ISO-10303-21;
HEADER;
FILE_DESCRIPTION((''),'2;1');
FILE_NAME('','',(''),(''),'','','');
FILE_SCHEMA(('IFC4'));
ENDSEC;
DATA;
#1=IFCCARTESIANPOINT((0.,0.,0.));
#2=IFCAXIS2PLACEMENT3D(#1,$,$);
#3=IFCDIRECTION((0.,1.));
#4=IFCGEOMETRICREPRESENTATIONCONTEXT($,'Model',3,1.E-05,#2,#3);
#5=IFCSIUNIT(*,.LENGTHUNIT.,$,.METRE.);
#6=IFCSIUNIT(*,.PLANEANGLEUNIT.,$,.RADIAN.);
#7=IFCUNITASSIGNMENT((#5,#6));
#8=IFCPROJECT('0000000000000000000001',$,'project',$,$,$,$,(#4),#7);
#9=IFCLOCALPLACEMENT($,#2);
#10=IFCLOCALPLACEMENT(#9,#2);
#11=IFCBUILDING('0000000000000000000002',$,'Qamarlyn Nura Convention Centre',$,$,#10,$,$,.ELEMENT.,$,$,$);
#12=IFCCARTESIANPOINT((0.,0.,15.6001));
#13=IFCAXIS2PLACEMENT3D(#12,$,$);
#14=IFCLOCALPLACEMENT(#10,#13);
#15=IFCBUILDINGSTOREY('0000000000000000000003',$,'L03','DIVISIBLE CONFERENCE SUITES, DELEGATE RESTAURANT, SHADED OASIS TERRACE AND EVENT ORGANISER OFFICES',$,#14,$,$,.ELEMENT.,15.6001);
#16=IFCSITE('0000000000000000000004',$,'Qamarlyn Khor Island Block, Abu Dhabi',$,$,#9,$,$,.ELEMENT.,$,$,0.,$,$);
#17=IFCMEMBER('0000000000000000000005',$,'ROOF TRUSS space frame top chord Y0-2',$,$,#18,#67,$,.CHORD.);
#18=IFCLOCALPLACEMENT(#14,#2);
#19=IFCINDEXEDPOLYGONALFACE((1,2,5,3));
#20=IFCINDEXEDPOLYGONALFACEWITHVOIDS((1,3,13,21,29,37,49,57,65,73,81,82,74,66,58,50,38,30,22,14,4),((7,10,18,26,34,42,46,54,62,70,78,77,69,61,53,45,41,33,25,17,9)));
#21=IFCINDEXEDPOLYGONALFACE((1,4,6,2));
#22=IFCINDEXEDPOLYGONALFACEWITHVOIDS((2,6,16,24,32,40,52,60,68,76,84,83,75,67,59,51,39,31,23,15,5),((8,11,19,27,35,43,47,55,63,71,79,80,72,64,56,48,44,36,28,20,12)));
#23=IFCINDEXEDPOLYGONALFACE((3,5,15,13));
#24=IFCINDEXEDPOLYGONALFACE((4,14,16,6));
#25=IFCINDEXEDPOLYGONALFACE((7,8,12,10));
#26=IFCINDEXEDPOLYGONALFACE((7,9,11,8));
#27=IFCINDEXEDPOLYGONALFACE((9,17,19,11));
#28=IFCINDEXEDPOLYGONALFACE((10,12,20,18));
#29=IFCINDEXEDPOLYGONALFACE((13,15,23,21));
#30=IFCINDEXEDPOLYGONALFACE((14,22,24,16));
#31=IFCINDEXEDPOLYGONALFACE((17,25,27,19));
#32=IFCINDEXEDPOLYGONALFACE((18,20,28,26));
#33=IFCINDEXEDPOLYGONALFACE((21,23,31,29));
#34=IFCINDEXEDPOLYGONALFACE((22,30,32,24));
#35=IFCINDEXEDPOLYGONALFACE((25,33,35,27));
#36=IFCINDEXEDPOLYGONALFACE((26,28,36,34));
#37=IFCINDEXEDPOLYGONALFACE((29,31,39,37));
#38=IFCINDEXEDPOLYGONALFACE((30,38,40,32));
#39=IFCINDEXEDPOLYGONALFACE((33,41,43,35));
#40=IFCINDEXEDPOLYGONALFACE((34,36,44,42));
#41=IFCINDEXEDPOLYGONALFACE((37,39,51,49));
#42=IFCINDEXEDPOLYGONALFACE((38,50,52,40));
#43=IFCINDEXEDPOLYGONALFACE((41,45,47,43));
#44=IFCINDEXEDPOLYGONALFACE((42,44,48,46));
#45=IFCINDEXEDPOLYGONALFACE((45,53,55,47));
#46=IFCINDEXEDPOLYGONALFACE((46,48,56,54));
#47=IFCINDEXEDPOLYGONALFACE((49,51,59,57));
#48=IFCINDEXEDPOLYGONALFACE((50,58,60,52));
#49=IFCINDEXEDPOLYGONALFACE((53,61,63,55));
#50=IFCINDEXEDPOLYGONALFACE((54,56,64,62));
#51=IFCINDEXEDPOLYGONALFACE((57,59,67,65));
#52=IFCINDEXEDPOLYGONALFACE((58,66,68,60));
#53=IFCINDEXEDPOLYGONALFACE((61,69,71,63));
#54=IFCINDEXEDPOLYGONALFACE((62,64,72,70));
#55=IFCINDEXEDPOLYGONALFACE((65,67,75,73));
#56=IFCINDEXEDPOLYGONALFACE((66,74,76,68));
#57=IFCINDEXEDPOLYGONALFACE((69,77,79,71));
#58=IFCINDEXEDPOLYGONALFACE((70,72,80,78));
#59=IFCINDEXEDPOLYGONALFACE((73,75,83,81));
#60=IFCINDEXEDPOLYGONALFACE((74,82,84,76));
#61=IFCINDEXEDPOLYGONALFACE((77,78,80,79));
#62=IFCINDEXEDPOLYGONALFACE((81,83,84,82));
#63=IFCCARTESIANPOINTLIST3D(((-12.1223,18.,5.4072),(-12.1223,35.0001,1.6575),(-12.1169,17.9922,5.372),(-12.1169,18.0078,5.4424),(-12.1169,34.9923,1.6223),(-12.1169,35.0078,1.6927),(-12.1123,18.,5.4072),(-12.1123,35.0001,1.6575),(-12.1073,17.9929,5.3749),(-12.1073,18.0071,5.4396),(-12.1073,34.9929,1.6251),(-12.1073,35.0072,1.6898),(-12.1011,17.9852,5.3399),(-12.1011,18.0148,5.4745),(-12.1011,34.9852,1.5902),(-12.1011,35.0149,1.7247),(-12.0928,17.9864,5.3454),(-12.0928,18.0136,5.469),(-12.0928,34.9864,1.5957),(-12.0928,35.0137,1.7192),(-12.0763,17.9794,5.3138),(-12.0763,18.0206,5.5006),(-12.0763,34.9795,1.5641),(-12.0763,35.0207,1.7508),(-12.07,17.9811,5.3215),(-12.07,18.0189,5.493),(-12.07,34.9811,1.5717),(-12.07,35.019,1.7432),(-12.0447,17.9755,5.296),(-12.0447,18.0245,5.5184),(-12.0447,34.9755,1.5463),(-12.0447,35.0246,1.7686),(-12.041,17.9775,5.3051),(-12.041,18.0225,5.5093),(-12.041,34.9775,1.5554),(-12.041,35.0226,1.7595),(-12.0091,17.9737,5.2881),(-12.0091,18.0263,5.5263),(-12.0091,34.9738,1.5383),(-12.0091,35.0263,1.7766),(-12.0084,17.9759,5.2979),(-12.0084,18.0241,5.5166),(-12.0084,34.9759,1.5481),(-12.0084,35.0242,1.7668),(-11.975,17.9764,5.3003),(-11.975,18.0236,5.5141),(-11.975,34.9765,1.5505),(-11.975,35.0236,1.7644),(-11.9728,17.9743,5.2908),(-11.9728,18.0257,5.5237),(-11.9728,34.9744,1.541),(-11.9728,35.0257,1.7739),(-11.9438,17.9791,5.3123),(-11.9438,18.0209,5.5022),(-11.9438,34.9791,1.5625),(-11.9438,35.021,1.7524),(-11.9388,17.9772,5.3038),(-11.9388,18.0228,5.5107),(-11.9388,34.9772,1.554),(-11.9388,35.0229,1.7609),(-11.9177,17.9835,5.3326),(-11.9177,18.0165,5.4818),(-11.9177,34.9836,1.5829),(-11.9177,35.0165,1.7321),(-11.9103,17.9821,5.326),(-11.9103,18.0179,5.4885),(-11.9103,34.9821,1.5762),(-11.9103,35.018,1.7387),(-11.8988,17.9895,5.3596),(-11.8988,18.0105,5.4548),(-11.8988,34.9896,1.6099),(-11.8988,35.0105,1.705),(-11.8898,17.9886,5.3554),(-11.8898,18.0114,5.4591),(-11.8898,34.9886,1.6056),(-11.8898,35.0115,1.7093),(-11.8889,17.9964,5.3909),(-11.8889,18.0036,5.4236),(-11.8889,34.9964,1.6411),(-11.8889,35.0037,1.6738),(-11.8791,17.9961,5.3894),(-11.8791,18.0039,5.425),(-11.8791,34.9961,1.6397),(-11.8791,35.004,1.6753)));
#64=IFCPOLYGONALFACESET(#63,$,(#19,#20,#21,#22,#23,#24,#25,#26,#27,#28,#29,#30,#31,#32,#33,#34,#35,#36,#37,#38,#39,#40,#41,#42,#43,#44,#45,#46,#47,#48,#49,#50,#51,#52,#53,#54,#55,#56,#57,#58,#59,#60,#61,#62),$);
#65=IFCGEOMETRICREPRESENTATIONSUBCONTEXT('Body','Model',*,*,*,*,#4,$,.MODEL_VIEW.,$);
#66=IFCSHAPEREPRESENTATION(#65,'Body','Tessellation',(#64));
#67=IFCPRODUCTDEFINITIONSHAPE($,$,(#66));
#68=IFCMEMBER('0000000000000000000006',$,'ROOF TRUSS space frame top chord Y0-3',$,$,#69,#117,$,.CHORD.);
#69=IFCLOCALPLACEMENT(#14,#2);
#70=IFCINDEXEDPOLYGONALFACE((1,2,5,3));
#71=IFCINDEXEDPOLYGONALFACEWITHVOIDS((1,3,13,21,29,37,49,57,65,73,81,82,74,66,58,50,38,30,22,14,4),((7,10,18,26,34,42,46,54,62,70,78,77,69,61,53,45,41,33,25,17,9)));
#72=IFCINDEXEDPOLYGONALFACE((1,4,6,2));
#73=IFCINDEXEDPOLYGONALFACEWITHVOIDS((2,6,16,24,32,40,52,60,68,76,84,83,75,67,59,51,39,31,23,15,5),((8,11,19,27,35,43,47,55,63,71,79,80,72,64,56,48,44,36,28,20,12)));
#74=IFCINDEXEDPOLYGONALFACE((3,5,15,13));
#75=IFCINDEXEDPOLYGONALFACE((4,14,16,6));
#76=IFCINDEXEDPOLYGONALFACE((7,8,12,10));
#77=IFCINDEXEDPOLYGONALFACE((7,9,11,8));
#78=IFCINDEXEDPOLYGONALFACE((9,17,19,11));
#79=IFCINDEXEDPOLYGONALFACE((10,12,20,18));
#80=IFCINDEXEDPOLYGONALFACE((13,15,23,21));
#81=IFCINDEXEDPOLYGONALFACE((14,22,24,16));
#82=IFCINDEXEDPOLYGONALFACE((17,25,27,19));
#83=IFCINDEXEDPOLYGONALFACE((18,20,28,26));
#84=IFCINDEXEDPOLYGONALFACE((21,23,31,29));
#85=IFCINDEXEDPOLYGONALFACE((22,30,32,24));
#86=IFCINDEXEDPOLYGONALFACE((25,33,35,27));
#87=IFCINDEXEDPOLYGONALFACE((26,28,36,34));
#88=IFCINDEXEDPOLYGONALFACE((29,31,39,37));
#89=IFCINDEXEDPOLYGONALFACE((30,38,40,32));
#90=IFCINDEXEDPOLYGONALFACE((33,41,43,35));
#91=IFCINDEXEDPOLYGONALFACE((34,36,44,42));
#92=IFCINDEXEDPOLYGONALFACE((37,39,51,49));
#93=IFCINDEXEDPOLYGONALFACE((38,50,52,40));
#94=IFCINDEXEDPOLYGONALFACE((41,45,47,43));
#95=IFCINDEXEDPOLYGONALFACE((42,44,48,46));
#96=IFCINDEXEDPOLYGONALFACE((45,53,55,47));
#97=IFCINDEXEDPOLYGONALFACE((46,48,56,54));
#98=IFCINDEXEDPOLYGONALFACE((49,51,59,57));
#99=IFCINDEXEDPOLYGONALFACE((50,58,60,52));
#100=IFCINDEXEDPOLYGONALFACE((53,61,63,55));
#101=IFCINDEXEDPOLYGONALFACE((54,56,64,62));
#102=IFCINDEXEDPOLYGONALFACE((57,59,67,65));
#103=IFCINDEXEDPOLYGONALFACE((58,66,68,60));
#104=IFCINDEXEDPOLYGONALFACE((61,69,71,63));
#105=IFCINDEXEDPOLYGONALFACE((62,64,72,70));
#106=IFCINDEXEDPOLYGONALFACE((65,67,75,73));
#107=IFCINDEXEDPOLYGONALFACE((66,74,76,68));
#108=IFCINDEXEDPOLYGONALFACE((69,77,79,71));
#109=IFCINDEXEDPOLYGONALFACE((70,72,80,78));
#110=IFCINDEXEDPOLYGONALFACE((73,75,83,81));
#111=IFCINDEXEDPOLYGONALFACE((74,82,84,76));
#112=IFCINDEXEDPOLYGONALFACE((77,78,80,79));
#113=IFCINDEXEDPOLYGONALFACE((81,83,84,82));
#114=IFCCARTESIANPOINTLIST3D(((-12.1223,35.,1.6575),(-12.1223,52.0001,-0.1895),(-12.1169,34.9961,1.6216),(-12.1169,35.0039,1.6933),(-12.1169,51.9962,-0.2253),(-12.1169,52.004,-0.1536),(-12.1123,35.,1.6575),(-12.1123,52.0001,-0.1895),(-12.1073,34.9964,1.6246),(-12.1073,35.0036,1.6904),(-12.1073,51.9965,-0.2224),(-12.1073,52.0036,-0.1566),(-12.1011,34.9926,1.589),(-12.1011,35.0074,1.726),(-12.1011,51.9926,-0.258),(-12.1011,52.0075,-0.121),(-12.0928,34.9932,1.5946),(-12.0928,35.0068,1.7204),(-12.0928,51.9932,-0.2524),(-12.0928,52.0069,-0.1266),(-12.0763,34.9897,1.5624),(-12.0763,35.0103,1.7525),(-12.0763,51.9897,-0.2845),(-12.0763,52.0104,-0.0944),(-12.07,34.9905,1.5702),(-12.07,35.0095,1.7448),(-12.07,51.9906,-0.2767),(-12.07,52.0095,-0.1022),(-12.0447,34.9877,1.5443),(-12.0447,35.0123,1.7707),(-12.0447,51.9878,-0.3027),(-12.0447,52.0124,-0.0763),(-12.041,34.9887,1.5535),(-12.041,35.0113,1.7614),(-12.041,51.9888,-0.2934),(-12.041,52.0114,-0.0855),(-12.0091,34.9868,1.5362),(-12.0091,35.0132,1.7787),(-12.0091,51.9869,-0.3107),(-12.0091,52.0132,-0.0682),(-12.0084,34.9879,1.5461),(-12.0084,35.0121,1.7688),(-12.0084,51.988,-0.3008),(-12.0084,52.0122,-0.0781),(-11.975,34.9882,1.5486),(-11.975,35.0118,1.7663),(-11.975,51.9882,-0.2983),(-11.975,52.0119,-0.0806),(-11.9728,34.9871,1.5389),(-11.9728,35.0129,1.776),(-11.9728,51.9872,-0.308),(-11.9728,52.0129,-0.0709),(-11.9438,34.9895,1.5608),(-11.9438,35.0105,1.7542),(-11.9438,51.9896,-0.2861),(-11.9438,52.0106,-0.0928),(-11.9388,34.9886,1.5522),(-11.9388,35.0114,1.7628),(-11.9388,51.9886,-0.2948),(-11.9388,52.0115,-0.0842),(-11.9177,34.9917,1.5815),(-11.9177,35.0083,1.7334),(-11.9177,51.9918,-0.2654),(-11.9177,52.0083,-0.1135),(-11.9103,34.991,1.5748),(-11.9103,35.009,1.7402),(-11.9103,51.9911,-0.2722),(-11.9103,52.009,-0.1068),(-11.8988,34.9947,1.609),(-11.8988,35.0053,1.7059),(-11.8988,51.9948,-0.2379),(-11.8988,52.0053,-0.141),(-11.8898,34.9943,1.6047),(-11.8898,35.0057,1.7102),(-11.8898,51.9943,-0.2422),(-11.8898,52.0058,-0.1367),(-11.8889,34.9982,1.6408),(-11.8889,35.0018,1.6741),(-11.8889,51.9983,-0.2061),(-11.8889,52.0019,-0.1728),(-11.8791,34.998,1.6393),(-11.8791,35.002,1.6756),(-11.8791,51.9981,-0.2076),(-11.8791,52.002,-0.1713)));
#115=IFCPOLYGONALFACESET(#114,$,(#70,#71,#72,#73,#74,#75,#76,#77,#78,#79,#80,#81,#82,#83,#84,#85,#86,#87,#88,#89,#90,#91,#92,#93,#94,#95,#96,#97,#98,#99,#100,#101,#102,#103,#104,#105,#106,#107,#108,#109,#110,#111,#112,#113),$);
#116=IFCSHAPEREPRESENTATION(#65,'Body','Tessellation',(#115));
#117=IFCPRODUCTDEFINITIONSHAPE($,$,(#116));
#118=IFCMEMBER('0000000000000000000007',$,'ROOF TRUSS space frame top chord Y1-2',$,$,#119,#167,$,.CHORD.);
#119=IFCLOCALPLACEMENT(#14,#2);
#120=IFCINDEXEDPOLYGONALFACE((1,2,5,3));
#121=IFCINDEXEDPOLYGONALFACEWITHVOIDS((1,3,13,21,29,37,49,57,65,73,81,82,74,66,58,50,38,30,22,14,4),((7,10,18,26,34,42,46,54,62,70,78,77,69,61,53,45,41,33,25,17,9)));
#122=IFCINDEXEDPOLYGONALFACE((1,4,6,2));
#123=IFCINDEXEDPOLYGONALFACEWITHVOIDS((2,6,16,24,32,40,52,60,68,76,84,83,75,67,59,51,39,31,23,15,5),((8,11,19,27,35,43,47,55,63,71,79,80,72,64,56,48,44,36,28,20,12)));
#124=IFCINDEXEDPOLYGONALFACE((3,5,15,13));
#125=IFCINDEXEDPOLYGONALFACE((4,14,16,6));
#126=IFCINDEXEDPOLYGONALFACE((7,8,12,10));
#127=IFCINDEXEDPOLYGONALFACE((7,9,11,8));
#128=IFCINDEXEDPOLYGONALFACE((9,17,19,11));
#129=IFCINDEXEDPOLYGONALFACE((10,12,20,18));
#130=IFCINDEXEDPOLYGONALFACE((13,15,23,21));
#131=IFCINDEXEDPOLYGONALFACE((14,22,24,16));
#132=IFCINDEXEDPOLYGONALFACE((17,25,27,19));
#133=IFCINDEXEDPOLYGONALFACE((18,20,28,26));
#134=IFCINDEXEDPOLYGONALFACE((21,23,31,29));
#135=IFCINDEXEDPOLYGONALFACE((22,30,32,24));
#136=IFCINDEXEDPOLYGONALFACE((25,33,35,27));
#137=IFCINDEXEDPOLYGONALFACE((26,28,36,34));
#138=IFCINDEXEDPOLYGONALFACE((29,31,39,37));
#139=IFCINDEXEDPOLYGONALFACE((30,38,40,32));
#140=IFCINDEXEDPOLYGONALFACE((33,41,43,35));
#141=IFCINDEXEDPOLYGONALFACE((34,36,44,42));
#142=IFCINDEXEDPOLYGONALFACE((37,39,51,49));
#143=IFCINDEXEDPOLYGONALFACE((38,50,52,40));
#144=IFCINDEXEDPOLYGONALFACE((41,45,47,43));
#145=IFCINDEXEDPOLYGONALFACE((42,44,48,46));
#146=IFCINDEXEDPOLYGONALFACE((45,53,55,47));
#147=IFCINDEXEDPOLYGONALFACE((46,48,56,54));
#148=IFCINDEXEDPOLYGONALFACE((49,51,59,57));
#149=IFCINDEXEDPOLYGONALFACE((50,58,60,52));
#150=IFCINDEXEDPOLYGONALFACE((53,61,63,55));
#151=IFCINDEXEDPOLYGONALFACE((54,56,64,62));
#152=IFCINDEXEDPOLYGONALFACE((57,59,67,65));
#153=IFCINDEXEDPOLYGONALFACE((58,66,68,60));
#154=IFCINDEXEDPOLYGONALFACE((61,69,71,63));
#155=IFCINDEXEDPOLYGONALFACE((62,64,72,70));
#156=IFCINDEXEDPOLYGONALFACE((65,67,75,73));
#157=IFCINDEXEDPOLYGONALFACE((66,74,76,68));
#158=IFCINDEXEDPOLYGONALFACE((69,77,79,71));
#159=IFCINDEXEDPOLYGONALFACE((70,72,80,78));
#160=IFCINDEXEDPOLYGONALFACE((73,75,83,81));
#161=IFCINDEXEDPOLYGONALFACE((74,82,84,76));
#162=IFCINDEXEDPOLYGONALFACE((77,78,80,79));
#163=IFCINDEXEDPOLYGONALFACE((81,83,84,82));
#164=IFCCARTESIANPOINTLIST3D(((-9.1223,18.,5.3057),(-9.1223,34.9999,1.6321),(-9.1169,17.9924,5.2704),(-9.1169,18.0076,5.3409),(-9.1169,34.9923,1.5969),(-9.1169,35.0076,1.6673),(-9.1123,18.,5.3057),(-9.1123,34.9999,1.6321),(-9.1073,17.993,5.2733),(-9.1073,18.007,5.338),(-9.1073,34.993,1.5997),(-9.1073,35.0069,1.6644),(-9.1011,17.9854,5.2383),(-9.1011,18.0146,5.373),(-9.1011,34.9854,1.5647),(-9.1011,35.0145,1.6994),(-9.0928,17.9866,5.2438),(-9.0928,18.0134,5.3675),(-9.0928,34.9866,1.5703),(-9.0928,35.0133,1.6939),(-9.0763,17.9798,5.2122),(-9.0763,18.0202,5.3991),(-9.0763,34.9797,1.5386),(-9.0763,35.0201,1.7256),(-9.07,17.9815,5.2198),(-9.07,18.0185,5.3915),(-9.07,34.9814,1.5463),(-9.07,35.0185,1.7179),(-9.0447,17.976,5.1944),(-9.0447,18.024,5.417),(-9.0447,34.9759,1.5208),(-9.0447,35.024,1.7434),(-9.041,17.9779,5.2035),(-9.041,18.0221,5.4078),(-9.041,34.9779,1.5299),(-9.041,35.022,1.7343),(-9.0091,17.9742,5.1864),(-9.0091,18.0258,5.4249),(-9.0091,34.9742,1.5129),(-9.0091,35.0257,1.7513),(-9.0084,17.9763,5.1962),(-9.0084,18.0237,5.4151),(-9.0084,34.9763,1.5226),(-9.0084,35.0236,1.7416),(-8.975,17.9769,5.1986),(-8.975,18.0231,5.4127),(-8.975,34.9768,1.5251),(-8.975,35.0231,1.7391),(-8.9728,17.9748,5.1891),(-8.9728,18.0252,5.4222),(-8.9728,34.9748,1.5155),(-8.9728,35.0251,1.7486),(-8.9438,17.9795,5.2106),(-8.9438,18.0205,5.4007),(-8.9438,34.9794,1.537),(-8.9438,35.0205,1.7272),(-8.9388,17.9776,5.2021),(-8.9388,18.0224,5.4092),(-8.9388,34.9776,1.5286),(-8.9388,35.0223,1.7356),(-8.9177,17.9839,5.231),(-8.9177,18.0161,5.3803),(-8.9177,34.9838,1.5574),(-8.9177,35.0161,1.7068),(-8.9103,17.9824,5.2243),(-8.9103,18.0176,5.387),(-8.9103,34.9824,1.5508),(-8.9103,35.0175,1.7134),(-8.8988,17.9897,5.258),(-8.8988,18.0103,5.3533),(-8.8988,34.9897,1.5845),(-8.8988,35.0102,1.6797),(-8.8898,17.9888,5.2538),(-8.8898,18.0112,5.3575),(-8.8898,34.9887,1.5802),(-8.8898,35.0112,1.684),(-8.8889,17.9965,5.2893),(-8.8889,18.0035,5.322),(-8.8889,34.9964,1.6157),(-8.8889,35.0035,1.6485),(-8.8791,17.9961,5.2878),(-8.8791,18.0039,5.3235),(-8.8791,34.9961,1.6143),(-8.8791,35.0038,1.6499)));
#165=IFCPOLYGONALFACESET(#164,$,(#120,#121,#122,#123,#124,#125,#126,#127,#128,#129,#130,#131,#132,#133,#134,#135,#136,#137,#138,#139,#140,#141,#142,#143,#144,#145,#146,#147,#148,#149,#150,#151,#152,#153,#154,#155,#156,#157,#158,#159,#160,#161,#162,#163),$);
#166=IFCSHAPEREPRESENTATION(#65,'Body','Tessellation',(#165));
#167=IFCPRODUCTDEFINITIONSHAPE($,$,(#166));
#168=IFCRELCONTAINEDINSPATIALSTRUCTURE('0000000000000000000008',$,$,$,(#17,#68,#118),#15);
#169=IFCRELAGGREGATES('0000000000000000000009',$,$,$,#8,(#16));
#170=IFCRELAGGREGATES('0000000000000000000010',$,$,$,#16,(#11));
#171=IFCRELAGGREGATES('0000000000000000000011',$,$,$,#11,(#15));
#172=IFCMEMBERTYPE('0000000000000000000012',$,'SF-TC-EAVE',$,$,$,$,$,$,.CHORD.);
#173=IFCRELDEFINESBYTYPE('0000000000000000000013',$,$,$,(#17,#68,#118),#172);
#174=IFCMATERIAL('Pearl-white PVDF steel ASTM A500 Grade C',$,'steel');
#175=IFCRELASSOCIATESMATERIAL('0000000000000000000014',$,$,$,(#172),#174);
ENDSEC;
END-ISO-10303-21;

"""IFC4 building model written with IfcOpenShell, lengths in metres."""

from ifc_helpers import new_model, si_unit, direction, frame, origin, origin_2d, place, context, subcontext, project, spatial, hollow_circle, extrude, material, material_profile, profile_set, type_object, element, save


model = new_model("IFC4")

# Units and contexts
model_context = context("Model", 3, precision=1e-05, world=origin(), true_north=direction((0.0, 1.0)))
body_context = subcontext(model_context, "Body", "Model", "MODEL_VIEW")
ifc_project = project(units=[si_unit("LENGTHUNIT", "METRE"), si_unit("PLANEANGLEUNIT", "RADIAN")], contexts=[model_context])

# Site, building, storey
site_placement = place(None, origin())
site = spatial("IfcSite", under=ifc_project, at=site_placement, Name="Qamarlyn Khor Island Block, Abu Dhabi", CompositionType="ELEMENT", RefElevation=0.0)
building_placement = place(site_placement, origin())
building = spatial("IfcBuilding", under=site, at=building_placement, Name="Qamarlyn Nura Convention Centre", CompositionType="ELEMENT")
storey_placement = place(building_placement, frame((0.0, 0.0, 15.6001)))
storey = spatial("IfcBuildingStorey", under=building, at=storey_placement, Name="L03", Description="DIVISIBLE CONFERENCE SUITES, DELEGATE RESTAURANT, SHADED OASIS TERRACE AND EVENT ORGANISER OFFICES", CompositionType="ELEMENT", Elevation=15.6001)

# Members
ifc_material_1 = material(Name="Pearl-white PVDF steel ASTM A500 Grade C", Category="steel")
ifc_material_profile_1 = material_profile(ifc_material_1, hollow_circle(Radius=0.1223, WallThickness=0.01, at=origin_2d()), Name="CHS244.5X10")
ifc_profile_set_1 = profile_set([ifc_material_profile_1], Name="Pearl-white PVDF steel ASTM A500 Grade C")
member_type_1 = type_object("IfcMemberType", Name="SF-TC-EAVE", PredefinedType="CHORD", material=ifc_profile_set_1)
member_1_placement = place(storey_placement, frame((-12.0, 18.0, 5.4072), z_axis=(0.0, 0.976527, -0.215396), x_axis=(-1.0, 0.0, 0.0)))
element("IfcMember", 1, at=member_1_placement, inside=storey, type_object=member_type_1, Name="ROOF TRUSS space frame top chord Y0-2", PredefinedType="CHORD", context=body_context, shape_type="SweptSolid", body=[
    extrude(hollow_circle(Radius=0.1223, WallThickness=0.01, at=origin_2d()), origin(), (0.0, 0.0, 1.0), 17.4087),
])
member_2_placement = place(storey_placement, frame((-12.0, 35.0, 1.6575), z_axis=(0.0, 0.99415, -0.108007), x_axis=(-1.0, 0.0, 0.0)))
element("IfcMember", 2, at=member_2_placement, inside=storey, type_object=member_type_1, Name="ROOF TRUSS space frame top chord Y0-3", PredefinedType="CHORD", context=body_context, shape_type="SweptSolid", body=[
    extrude(hollow_circle(Radius=0.1223, WallThickness=0.01, at=origin_2d()), origin(), (0.0, 0.0, 1.0), 17.1001),
])
member_3_placement = place(storey_placement, frame((-9.0, 18.0, 5.3057), z_axis=(0.0, 0.977439, -0.211218), x_axis=(-1.0, 0.0, 0.0)))
element("IfcMember", 3, at=member_3_placement, inside=storey, type_object=member_type_1, Name="ROOF TRUSS space frame top chord Y1-2", PredefinedType="CHORD", context=body_context, shape_type="SweptSolid", body=[
    extrude(hollow_circle(Radius=0.1223, WallThickness=0.01, at=origin_2d()), origin(), (0.0, 0.0, 1.0), 17.3923),
])

save(model, "model.ifc")
